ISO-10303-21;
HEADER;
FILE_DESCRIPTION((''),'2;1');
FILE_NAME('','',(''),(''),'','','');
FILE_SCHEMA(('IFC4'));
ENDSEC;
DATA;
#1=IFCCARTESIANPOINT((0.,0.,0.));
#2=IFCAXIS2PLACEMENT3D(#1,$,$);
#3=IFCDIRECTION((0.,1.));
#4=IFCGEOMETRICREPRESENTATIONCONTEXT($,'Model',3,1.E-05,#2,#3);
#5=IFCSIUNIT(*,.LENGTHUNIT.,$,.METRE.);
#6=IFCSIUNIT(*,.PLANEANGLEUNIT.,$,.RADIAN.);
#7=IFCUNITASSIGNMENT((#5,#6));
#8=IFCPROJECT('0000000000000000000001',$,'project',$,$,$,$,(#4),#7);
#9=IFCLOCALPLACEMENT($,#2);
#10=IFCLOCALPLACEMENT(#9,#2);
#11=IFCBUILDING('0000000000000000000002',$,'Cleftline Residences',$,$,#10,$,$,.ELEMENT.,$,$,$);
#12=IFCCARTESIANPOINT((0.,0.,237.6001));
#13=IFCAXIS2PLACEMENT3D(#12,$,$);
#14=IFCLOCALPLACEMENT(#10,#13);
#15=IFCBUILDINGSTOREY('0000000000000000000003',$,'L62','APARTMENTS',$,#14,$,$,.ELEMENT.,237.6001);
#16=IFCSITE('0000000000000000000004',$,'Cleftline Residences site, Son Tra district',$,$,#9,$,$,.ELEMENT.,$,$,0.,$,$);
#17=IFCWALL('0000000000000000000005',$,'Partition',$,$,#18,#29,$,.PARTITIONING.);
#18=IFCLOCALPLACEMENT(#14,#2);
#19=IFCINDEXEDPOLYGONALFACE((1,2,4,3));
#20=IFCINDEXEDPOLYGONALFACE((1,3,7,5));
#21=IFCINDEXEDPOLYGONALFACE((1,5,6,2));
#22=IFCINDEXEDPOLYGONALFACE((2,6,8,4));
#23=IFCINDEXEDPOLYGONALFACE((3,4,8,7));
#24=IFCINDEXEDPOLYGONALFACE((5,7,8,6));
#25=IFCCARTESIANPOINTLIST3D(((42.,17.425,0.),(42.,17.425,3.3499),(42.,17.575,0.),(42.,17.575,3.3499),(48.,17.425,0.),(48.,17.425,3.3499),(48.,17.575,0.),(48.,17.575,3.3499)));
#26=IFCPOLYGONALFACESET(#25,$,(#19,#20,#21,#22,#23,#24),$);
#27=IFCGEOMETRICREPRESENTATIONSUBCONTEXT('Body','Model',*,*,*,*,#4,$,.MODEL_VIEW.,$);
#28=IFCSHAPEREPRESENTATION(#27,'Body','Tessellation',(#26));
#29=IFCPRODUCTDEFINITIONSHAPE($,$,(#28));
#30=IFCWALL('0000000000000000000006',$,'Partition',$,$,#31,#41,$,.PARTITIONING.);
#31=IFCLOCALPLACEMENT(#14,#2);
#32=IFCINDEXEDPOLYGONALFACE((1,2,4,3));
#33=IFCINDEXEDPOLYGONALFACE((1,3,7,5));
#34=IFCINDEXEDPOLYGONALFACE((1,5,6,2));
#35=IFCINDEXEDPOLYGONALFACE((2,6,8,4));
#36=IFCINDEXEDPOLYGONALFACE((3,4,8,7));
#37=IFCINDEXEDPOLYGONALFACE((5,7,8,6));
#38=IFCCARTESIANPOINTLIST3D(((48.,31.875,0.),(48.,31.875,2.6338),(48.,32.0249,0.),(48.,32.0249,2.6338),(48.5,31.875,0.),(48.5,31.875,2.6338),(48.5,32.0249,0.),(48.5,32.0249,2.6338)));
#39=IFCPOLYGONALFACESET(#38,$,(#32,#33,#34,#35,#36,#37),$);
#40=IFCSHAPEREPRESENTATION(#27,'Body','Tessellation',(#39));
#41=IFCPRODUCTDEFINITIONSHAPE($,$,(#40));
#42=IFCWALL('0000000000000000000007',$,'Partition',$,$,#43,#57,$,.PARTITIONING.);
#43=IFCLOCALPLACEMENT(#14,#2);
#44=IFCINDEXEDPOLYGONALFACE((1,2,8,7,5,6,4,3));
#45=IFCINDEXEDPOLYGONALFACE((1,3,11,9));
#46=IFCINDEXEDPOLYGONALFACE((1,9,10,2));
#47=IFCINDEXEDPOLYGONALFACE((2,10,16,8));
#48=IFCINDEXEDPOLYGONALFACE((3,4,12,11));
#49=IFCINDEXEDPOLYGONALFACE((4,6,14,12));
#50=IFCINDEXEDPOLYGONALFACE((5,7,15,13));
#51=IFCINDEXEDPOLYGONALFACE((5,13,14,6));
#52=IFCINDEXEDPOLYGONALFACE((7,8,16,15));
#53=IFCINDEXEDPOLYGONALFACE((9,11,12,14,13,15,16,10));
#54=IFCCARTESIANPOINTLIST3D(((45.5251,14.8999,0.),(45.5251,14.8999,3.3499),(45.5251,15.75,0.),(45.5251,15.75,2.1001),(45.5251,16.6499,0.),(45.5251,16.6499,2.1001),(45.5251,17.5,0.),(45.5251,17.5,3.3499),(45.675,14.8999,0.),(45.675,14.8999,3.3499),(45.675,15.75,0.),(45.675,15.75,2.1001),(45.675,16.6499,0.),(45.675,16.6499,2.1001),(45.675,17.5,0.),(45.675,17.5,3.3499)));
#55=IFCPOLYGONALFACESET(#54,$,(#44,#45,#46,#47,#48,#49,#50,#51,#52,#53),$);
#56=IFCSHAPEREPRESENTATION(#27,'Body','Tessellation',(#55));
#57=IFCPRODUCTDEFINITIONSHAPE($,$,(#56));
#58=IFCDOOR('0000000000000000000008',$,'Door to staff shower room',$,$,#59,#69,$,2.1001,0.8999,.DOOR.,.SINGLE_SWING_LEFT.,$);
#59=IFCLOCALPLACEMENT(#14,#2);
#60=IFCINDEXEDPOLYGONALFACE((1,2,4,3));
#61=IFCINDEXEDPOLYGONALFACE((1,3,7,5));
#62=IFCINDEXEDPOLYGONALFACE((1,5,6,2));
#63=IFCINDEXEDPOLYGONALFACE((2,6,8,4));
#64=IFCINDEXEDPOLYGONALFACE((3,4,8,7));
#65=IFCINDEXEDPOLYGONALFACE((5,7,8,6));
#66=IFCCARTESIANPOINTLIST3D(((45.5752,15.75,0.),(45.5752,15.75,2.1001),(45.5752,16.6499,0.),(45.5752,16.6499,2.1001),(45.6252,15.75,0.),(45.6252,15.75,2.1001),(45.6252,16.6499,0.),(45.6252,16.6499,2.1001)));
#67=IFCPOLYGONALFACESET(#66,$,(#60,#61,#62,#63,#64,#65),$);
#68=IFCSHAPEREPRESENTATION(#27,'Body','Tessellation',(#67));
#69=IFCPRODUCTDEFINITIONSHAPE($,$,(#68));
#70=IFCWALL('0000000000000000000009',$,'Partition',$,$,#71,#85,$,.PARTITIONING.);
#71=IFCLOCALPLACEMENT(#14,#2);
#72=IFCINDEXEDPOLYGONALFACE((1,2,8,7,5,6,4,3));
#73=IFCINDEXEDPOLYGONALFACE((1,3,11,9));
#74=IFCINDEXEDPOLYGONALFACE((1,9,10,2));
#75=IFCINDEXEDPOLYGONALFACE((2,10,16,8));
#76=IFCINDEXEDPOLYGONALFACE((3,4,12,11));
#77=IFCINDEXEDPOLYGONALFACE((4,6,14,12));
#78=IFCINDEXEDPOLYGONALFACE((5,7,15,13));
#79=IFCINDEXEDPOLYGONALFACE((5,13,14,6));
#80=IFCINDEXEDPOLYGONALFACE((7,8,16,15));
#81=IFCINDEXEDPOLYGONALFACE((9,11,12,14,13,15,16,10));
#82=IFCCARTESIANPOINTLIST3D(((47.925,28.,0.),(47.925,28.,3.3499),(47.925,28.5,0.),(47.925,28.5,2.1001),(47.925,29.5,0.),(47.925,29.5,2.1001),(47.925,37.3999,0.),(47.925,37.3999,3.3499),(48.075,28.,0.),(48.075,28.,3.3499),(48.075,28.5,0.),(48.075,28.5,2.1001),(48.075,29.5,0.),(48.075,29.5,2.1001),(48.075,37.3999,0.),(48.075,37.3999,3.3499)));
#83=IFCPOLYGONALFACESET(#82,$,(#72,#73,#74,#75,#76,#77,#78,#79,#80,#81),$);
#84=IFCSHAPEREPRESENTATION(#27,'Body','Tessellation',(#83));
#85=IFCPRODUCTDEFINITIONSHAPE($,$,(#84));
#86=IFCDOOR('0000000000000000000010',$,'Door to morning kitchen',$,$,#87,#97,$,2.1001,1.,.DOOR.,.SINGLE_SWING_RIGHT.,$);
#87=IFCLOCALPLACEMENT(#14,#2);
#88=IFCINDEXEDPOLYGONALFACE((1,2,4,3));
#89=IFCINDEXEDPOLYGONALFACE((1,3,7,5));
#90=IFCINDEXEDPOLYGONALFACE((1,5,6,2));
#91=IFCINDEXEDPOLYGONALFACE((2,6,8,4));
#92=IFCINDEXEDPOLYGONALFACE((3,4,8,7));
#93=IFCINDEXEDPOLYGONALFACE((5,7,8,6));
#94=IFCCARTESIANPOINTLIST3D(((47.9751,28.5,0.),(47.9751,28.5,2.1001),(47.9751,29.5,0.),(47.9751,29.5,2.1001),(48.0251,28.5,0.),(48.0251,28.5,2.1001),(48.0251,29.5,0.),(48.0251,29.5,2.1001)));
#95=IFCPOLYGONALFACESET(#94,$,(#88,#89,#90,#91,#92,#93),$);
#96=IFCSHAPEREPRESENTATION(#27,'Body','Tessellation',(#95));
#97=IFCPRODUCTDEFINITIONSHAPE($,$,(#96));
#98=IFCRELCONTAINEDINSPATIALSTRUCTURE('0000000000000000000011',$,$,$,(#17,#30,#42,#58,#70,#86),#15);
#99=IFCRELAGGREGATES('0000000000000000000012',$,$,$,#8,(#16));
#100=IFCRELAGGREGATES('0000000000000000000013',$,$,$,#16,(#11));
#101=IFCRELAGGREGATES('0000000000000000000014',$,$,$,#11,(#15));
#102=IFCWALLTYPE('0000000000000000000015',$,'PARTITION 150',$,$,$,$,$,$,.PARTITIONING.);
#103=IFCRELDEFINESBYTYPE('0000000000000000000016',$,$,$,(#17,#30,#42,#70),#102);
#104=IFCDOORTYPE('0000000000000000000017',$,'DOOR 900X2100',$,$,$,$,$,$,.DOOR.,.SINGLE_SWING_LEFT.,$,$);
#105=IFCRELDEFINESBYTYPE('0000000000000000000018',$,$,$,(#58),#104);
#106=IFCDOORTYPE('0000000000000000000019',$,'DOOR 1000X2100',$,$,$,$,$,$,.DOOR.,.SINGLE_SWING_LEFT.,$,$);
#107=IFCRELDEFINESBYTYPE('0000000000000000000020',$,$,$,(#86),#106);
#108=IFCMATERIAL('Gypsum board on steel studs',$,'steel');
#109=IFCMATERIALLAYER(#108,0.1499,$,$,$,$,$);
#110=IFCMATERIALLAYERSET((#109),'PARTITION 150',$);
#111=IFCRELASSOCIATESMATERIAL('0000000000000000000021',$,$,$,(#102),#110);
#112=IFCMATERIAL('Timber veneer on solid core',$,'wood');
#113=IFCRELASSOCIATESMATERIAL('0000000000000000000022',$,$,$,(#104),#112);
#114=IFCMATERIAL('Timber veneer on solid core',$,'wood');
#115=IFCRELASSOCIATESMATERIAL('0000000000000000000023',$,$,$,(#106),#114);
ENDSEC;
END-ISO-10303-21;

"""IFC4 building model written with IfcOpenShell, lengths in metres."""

from ifc_helpers import new_model, si_unit, direction, frame, frame_2d, origin, place, context, subcontext, project, spatial, rectangle, extrude, material, layer, layer_set, type_object, element, fill, save


model = new_model("IFC4")

# Units and contexts
model_context = context("Model", 3, precision=1e-05, world=origin(), true_north=direction((0.0, 1.0)))
body_context = subcontext(model_context, "Body", "Model", "MODEL_VIEW")
ifc_project = project(units=[si_unit("LENGTHUNIT", "METRE"), si_unit("PLANEANGLEUNIT", "RADIAN")], contexts=[model_context])

# Site, building, storey
site_placement = place(None, origin())
site = spatial("IfcSite", under=ifc_project, at=site_placement, Name="Cleftline Residences site, Son Tra district", CompositionType="ELEMENT", RefElevation=0.0)
building_placement = place(site_placement, origin())
building = spatial("IfcBuilding", under=site, at=building_placement, Name="Cleftline Residences", CompositionType="ELEMENT")
storey_placement = place(building_placement, frame((0.0, 0.0, 237.6001)))
storey = spatial("IfcBuildingStorey", under=building, at=storey_placement, Name="L62", Description="APARTMENTS", CompositionType="ELEMENT", Elevation=237.6001)

# Walls
ifc_material_1 = material(Name="Gypsum board on steel studs", Category="steel")
ifc_layer_1 = layer(ifc_material_1, 0.1499)
ifc_layer_set_1 = layer_set([ifc_layer_1], Name="PARTITION 150")
wall_type_1 = type_object("IfcWallType", Name="PARTITION 150", PredefinedType="PARTITIONING", material=ifc_layer_set_1)
wall_1_placement = place(storey_placement, frame((42.0, 17.5, 0.0), z_axis=(0.0, 0.0, 1.0), x_axis=(1.0, 0.0, 0.0)))
element("IfcWall", 1, at=wall_1_placement, inside=storey, type_object=wall_type_1, Name="Partition", PredefinedType="PARTITIONING", context=body_context, shape_type="SweptSolid", body=[
    extrude(rectangle(XDim=6.0, YDim=0.1499, at=frame_2d((3.0, 0.0))), origin(), (0.0, 0.0, 1.0), 3.3499),
])
wall_2_placement = place(storey_placement, frame((48.0, 31.95, 0.0), z_axis=(0.0, 0.0, 1.0), x_axis=(1.0, 0.0, 0.0)))
element("IfcWall", 2, at=wall_2_placement, inside=storey, type_object=wall_type_1, Name="Partition", PredefinedType="PARTITIONING", context=body_context, shape_type="SweptSolid", body=[
    extrude(rectangle(XDim=0.5, YDim=0.1499, at=frame_2d((0.25, 0.0))), origin(), (0.0, 0.0, 1.0), 2.6338),
])

# Walls, openings, doors
wall_3_placement = place(storey_placement, frame((45.6001, 14.8999, 0.0), z_axis=(0.0, 0.0, 1.0), x_axis=(0.0, 1.0, 0.0)))
wall_3 = element("IfcWall", 3, at=wall_3_placement, inside=storey, type_object=wall_type_1, Name="Partition", PredefinedType="PARTITIONING", context=body_context, shape_type="SweptSolid", body=[
    extrude(rectangle(XDim=2.6001, YDim=0.1499, at=frame_2d((1.3, 0.0))), origin(), (0.0, 0.0, 1.0), 3.3499),
])
opening_1_placement = place(wall_3_placement, frame((0.8501, 0.0, 0.0)))
opening_1 = element("IfcOpeningElement", 4, at=opening_1_placement, cuts=wall_3, PredefinedType="OPENING", context=body_context, shape_type="SweptSolid", body=[
    extrude(rectangle(XDim=0.8999, YDim=2.1001, at=frame_2d((0.45, 1.05))), frame((0.0, 0.085, 0.0), z_axis=(0.0, -1.0, 0.0), x_axis=(1.0, 0.0, 0.0)), (0.0, 0.0, 1.0), 0.1699),
])
ifc_material_2 = material(Name="Timber veneer on solid core", Category="wood")
door_type_1 = type_object("IfcDoorType", Name="DOOR 900X2100", OperationType="SINGLE_SWING_LEFT", PredefinedType="DOOR", material=ifc_material_2)
door_1_placement = place(opening_1_placement, origin())
door_1 = element("IfcDoor", 5, at=door_1_placement, inside=storey, type_object=door_type_1, Name="Door to staff shower room", OperationType="SINGLE_SWING_LEFT", OverallHeight=2.1001, OverallWidth=0.8999, PredefinedType="DOOR", context=body_context, shape_type="SweptSolid", body=[
    extrude(rectangle(XDim=0.8999, YDim=2.1001, at=frame_2d((0.45, 1.05))), frame((0.0, 0.0249, 0.0), z_axis=(0.0, -1.0, 0.0), x_axis=(1.0, 0.0, 0.0)), (0.0, 0.0, 1.0), 0.05),
])
fill(opening_1, door_1)
wall_4_placement = place(storey_placement, frame((48.0, 28.0, 0.0), z_axis=(0.0, 0.0, 1.0), x_axis=(0.0, 1.0, 0.0)))
wall_4 = element("IfcWall", 6, at=wall_4_placement, inside=storey, type_object=wall_type_1, Name="Partition", PredefinedType="PARTITIONING", context=body_context, shape_type="SweptSolid", body=[
    extrude(rectangle(XDim=9.3999, YDim=0.1499, at=frame_2d((4.7, 0.0))), origin(), (0.0, 0.0, 1.0), 3.3499),
])
opening_2_placement = place(wall_4_placement, frame((0.5, 0.0, 0.0)))
opening_2 = element("IfcOpeningElement", 7, at=opening_2_placement, cuts=wall_4, PredefinedType="OPENING", context=body_context, shape_type="SweptSolid", body=[
    extrude(rectangle(XDim=1.0, YDim=2.1001, at=frame_2d((0.5, 1.05))), frame((0.0, 0.085, 0.0), z_axis=(0.0, -1.0, 0.0), x_axis=(1.0, 0.0, 0.0)), (0.0, 0.0, 1.0), 0.1699),
])
ifc_material_3 = material(Name="Timber veneer on solid core", Category="wood")
door_type_2 = type_object("IfcDoorType", Name="DOOR 1000X2100", OperationType="SINGLE_SWING_LEFT", PredefinedType="DOOR", material=ifc_material_3)
door_2_placement = place(opening_2_placement, origin())
door_2 = element("IfcDoor", 8, at=door_2_placement, inside=storey, type_object=door_type_2, Name="Door to morning kitchen", OperationType="SINGLE_SWING_RIGHT", OverallHeight=2.1001, OverallWidth=1.0, PredefinedType="DOOR", context=body_context, shape_type="SweptSolid", body=[
    extrude(rectangle(XDim=1.0, YDim=2.1001, at=frame_2d((0.5, 1.05))), frame((0.0, 0.0249, 0.0), z_axis=(0.0, -1.0, 0.0), x_axis=(1.0, 0.0, 0.0)), (0.0, 0.0, 1.0), 0.05),
])
fill(opening_2, door_2)

save(model, "model.ifc")
